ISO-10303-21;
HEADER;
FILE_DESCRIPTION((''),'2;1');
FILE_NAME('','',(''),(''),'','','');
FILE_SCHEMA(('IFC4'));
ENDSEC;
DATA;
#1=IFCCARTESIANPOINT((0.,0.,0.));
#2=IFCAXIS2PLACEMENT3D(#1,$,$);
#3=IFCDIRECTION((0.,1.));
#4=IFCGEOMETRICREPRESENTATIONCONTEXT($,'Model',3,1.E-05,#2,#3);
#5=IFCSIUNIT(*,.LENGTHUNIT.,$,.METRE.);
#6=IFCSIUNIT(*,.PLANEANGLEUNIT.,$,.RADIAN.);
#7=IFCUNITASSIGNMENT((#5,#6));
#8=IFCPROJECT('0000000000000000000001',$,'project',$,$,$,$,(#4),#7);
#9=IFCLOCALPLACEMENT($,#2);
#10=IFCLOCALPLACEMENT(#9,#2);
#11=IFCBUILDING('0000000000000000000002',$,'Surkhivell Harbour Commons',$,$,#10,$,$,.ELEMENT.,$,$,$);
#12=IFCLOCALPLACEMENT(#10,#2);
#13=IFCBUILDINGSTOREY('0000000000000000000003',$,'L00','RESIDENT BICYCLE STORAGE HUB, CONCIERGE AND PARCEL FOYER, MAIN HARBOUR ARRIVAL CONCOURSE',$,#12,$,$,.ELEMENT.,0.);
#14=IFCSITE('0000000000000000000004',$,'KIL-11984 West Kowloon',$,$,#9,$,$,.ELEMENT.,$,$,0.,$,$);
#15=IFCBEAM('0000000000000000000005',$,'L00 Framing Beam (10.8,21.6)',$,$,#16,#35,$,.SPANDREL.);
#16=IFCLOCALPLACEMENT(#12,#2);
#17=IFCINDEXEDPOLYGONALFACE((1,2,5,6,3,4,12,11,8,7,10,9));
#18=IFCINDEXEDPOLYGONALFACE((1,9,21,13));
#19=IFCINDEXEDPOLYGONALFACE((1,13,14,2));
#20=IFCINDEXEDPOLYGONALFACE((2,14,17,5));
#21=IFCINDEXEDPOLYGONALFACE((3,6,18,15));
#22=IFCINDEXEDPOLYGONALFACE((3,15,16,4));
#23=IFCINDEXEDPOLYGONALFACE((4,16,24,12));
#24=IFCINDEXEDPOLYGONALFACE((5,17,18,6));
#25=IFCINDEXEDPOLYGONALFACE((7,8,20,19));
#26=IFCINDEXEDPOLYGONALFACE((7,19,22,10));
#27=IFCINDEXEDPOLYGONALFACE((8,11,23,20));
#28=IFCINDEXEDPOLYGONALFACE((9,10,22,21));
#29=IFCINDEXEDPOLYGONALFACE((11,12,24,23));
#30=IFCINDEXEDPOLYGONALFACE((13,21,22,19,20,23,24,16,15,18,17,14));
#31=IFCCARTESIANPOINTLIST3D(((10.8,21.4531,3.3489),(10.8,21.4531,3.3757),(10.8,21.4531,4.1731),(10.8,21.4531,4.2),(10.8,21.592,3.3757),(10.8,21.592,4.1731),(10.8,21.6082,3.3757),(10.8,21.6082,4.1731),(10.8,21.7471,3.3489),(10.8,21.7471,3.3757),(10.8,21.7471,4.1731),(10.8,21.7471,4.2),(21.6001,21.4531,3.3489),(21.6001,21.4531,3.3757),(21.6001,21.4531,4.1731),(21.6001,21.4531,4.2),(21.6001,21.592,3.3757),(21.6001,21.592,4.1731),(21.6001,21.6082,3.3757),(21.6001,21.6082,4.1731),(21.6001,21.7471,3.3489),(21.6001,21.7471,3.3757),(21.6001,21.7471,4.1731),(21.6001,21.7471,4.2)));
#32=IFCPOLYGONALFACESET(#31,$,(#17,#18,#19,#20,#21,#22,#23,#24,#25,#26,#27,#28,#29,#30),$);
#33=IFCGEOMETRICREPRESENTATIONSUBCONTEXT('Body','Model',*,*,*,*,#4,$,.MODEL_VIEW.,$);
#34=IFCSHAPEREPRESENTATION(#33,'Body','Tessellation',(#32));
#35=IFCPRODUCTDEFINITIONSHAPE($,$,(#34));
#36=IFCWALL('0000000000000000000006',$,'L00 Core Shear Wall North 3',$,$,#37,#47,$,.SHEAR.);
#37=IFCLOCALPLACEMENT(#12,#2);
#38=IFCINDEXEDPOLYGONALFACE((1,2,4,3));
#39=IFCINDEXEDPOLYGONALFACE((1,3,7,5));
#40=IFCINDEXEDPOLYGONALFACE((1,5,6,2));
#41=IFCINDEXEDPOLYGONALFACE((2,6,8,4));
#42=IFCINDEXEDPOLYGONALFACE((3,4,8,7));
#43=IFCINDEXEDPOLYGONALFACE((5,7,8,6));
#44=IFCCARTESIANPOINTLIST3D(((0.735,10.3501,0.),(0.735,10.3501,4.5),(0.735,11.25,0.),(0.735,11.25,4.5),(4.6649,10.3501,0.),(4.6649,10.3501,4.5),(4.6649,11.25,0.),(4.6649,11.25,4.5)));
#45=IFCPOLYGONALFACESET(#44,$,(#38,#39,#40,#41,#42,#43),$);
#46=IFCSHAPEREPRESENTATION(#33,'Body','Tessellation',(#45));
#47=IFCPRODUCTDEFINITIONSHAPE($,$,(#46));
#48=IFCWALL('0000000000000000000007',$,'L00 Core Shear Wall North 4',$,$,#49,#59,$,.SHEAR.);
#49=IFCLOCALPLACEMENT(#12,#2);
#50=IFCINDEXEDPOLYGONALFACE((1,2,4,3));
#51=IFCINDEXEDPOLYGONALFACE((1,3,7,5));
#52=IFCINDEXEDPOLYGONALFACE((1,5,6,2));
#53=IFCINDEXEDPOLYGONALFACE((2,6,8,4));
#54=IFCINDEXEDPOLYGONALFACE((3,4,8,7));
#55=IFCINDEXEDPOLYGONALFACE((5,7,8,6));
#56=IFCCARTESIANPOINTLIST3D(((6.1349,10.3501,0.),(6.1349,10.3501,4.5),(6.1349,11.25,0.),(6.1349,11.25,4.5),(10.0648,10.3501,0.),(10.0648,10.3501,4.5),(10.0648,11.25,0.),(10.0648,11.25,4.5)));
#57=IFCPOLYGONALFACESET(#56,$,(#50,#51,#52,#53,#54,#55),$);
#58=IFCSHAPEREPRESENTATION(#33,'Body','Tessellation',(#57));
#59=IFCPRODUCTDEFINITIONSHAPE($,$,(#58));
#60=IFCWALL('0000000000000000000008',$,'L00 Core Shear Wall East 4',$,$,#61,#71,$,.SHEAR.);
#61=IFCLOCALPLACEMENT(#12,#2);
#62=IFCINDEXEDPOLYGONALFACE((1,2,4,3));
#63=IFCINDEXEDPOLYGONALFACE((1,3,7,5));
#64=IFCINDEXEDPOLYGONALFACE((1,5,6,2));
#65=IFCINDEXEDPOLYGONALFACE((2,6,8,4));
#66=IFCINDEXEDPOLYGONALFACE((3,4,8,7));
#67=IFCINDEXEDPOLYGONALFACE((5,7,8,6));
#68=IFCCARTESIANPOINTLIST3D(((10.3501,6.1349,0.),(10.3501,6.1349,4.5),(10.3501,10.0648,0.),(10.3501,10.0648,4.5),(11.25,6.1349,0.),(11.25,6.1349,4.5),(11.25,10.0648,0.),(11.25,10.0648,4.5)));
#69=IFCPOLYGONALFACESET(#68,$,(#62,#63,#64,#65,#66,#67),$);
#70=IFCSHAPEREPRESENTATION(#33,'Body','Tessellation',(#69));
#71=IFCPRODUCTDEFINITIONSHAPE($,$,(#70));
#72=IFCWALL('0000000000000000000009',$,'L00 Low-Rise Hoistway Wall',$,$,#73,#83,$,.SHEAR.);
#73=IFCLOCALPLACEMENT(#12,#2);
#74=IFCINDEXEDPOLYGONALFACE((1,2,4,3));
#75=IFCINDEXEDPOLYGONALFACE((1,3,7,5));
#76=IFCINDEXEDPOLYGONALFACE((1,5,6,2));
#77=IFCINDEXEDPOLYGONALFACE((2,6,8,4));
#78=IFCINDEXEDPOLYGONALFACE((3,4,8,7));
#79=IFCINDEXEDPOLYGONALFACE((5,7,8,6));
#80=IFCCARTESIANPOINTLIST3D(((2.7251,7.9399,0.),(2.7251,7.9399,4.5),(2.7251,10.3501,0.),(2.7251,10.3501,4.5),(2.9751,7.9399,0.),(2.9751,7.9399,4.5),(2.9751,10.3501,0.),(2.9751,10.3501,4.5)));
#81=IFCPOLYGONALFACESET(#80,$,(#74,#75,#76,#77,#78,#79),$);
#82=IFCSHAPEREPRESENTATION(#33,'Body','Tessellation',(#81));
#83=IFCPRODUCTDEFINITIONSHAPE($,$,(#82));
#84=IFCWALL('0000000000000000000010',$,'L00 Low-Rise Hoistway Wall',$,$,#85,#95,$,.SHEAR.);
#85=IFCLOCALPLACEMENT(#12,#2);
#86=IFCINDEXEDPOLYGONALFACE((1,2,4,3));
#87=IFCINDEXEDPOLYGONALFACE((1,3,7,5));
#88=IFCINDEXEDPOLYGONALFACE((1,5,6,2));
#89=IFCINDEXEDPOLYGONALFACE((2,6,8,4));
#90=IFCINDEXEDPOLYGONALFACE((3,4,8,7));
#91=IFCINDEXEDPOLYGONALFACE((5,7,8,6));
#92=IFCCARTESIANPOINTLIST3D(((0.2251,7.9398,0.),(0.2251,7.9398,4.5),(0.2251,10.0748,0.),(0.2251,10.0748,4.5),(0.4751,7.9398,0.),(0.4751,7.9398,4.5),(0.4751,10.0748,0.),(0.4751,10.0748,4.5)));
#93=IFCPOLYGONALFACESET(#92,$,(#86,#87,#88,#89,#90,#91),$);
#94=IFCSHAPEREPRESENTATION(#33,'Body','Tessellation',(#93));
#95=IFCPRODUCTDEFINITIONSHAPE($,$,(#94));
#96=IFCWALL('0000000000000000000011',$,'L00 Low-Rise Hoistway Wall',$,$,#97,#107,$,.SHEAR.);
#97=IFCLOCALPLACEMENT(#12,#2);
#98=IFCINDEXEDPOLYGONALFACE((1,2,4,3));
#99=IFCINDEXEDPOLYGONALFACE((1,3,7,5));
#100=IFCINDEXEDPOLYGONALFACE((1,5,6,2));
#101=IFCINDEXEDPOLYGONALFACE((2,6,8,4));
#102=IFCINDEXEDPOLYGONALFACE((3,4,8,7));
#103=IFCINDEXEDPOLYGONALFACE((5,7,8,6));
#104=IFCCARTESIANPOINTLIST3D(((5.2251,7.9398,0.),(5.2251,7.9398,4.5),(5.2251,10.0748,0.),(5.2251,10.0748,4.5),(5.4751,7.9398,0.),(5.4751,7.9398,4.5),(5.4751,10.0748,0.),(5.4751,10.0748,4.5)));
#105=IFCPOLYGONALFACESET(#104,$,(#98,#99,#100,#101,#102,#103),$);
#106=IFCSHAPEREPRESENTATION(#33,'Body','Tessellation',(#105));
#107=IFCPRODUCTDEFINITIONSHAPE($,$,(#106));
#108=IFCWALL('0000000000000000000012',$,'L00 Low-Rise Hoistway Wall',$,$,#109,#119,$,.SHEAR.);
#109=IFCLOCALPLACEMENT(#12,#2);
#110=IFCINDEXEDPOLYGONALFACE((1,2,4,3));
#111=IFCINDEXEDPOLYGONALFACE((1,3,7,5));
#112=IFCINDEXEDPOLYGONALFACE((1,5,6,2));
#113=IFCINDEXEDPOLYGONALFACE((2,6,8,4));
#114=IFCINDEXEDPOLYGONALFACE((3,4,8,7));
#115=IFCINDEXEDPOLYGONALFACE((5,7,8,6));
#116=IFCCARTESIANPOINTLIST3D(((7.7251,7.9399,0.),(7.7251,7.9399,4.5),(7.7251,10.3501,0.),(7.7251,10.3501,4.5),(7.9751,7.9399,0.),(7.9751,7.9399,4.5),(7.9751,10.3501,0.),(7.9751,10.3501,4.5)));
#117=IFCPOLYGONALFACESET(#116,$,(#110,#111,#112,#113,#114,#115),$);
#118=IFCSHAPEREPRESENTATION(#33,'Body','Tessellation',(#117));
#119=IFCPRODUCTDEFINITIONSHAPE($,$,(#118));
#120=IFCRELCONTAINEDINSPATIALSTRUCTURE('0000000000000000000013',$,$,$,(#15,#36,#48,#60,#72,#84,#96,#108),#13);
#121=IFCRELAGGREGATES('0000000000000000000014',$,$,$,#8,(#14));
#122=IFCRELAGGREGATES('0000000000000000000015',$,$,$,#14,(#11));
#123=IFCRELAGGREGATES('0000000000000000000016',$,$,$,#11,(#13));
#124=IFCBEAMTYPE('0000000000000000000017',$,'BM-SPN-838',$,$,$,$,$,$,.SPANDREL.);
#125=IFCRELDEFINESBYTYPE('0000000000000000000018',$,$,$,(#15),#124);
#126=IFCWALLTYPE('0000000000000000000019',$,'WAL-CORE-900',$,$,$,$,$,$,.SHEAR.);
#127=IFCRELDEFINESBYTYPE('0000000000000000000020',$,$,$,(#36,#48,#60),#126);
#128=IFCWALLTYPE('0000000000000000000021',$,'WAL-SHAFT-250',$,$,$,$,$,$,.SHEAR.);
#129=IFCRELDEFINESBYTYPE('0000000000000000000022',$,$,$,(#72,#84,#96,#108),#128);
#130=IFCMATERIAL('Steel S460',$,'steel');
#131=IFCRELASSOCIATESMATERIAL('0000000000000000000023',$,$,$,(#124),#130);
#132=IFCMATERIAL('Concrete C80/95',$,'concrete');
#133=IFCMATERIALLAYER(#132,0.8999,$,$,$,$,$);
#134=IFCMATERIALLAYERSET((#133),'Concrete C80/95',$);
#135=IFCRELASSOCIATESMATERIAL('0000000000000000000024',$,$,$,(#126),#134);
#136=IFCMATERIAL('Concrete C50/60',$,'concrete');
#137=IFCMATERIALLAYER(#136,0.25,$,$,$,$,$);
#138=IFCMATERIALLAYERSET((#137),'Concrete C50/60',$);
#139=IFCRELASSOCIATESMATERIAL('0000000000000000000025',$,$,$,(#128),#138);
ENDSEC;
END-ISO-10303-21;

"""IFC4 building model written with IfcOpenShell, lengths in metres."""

from ifc_helpers import new_model, si_unit, direction, frame, frame_2d, origin, origin_2d, place, context, subcontext, project, spatial, rectangle, i_section, extrude, material, layer, layer_set, material_profile, profile_set, type_object, element, save


model = new_model("IFC4")

# Units and contexts
model_context = context("Model", 3, precision=1e-05, world=origin(), true_north=direction((0.0, 1.0)))
body_context = subcontext(model_context, "Body", "Model", "MODEL_VIEW")
ifc_project = project(units=[si_unit("LENGTHUNIT", "METRE"), si_unit("PLANEANGLEUNIT", "RADIAN")], contexts=[model_context])

# Site, building, storey
site_placement = place(None, origin())
site = spatial("IfcSite", under=ifc_project, at=site_placement, Name="KIL-11984 West Kowloon", CompositionType="ELEMENT", RefElevation=0.0)
building_placement = place(site_placement, origin())
building = spatial("IfcBuilding", under=site, at=building_placement, Name="Surkhivell Harbour Commons", CompositionType="ELEMENT")
storey_placement = place(building_placement, origin())
storey = spatial("IfcBuildingStorey", under=building, at=storey_placement, Name="L00", Description="RESIDENT BICYCLE STORAGE HUB, CONCIERGE AND PARCEL FOYER, MAIN HARBOUR ARRIVAL CONCOURSE", CompositionType="ELEMENT", Elevation=0.0)

# Shared definitions
ifc_material_1 = material(Name="Concrete C80/95", Category="concrete")

# Beam
ifc_material_2 = material(Name="Steel S460", Category="steel")
ifc_material_profile_1 = material_profile(ifc_material_2, i_section(OverallWidth=0.2939, OverallDepth=0.8511, WebThickness=0.0161, FlangeThickness=0.0269, at=origin_2d()), Name="UB838x292x226")
ifc_profile_set_1 = profile_set([ifc_material_profile_1], Name="Steel S460")
beam_type = type_object("IfcBeamType", Name="BM-SPN-838", PredefinedType="SPANDREL", material=ifc_profile_set_1)
for number, where, z_axis, x_axis, name in (
    (1, (10.8, 21.6001, 3.7744), (1.0, 0.0, 0.0), (0.0, 1.0, 0.0), "L00 Framing Beam (10.8,21.6)"),
):
    element("IfcBeam", number, at=place(storey_placement, frame(where, z_axis=z_axis, x_axis=x_axis)), inside=storey, type_object=beam_type, Name=name, PredefinedType="SPANDREL", context=body_context, shape_type="SweptSolid", body=[
        extrude(i_section(OverallWidth=0.2939, OverallDepth=0.8511, WebThickness=0.0161, FlangeThickness=0.0269, at=origin_2d()), origin(), (0.0, 0.0, 1.0), 10.8),
    ])

# Walls
ifc_layer_1 = layer(ifc_material_1, 0.8999)
ifc_layer_set_1 = layer_set([ifc_layer_1], Name="Concrete C80/95")
wall_type_1 = type_object("IfcWallType", Name="WAL-CORE-900", PredefinedType="SHEAR", material=ifc_layer_set_1)
for number, where, z_axis, x_axis, name in (
    (2, (0.7351, 10.8, 0.0), (0.0, 0.0, 1.0), (1.0, 0.0, 0.0), "L00 Core Shear Wall North 3"),
    (3, (6.135, 10.8, 0.0), (0.0, 0.0, 1.0), (1.0, 0.0, 0.0), "L00 Core Shear Wall North 4"),
    (4, (10.8, 6.135, 0.0), (0.0, 0.0, 1.0), (0.0, 1.0, 0.0), "L00 Core Shear Wall East 4"),
):
    element("IfcWall", number, at=place(storey_placement, frame(where, z_axis=z_axis, x_axis=x_axis)), inside=storey, type_object=wall_type_1, Name=name, PredefinedType="SHEAR", context=body_context, shape_type="SweptSolid", body=[
        extrude(rectangle(XDim=3.9299, YDim=0.8999, at=frame_2d((1.9648, 0.0))), origin(), (0.0, 0.0, 1.0), 4.5),
    ])
ifc_material_3 = material(Name="Concrete C50/60", Category="concrete")
ifc_layer_2 = layer(ifc_material_3, 0.25)
ifc_layer_set_2 = layer_set([ifc_layer_2], Name="Concrete C50/60")
wall_type_2 = type_object("IfcWallType", Name="WAL-SHAFT-250", PredefinedType="SHEAR", material=ifc_layer_set_2)
wall_1_placement = place(storey_placement, frame((2.8501, 7.9399, 0.0), z_axis=(0.0, 0.0, 1.0), x_axis=(0.0, 1.0, 0.0)))
element("IfcWall", 5, at=wall_1_placement, inside=storey, type_object=wall_type_2, Name="L00 Low-Rise Hoistway Wall", PredefinedType="SHEAR", context=body_context, shape_type="SweptSolid", body=[
    extrude(rectangle(XDim=2.4102, YDim=0.25, at=frame_2d((1.2051, 0.0))), origin(), (0.0, 0.0, 1.0), 4.5),
])
for number, where, z_axis, x_axis, name in (
    (6, (0.3501, 7.9399, 0.0), (0.0, 0.0, 1.0), (0.0, 1.0, 0.0), "L00 Low-Rise Hoistway Wall"),
    (7, (5.3501, 7.9399, 0.0), (0.0, 0.0, 1.0), (0.0, 1.0, 0.0), "L00 Low-Rise Hoistway Wall"),
):
    element("IfcWall", number, at=place(storey_placement, frame(where, z_axis=z_axis, x_axis=x_axis)), inside=storey, type_object=wall_type_2, Name=name, PredefinedType="SHEAR", context=body_context, shape_type="SweptSolid", body=[
        extrude(rectangle(XDim=2.135, YDim=0.25, at=frame_2d((1.0674, 0.0))), origin(), (0.0, 0.0, 1.0), 4.5),
    ])
wall_2_placement = place(storey_placement, frame((7.8501, 7.9399, 0.0), z_axis=(0.0, 0.0, 1.0), x_axis=(0.0, 1.0, 0.0)))
element("IfcWall", 8, at=wall_2_placement, inside=storey, type_object=wall_type_2, Name="L00 Low-Rise Hoistway Wall", PredefinedType="SHEAR", context=body_context, shape_type="SweptSolid", body=[
    extrude(rectangle(XDim=2.4102, YDim=0.25, at=frame_2d((1.2051, 0.0))), origin(), (0.0, 0.0, 1.0), 4.5),
])

save(model, "model.ifc")
